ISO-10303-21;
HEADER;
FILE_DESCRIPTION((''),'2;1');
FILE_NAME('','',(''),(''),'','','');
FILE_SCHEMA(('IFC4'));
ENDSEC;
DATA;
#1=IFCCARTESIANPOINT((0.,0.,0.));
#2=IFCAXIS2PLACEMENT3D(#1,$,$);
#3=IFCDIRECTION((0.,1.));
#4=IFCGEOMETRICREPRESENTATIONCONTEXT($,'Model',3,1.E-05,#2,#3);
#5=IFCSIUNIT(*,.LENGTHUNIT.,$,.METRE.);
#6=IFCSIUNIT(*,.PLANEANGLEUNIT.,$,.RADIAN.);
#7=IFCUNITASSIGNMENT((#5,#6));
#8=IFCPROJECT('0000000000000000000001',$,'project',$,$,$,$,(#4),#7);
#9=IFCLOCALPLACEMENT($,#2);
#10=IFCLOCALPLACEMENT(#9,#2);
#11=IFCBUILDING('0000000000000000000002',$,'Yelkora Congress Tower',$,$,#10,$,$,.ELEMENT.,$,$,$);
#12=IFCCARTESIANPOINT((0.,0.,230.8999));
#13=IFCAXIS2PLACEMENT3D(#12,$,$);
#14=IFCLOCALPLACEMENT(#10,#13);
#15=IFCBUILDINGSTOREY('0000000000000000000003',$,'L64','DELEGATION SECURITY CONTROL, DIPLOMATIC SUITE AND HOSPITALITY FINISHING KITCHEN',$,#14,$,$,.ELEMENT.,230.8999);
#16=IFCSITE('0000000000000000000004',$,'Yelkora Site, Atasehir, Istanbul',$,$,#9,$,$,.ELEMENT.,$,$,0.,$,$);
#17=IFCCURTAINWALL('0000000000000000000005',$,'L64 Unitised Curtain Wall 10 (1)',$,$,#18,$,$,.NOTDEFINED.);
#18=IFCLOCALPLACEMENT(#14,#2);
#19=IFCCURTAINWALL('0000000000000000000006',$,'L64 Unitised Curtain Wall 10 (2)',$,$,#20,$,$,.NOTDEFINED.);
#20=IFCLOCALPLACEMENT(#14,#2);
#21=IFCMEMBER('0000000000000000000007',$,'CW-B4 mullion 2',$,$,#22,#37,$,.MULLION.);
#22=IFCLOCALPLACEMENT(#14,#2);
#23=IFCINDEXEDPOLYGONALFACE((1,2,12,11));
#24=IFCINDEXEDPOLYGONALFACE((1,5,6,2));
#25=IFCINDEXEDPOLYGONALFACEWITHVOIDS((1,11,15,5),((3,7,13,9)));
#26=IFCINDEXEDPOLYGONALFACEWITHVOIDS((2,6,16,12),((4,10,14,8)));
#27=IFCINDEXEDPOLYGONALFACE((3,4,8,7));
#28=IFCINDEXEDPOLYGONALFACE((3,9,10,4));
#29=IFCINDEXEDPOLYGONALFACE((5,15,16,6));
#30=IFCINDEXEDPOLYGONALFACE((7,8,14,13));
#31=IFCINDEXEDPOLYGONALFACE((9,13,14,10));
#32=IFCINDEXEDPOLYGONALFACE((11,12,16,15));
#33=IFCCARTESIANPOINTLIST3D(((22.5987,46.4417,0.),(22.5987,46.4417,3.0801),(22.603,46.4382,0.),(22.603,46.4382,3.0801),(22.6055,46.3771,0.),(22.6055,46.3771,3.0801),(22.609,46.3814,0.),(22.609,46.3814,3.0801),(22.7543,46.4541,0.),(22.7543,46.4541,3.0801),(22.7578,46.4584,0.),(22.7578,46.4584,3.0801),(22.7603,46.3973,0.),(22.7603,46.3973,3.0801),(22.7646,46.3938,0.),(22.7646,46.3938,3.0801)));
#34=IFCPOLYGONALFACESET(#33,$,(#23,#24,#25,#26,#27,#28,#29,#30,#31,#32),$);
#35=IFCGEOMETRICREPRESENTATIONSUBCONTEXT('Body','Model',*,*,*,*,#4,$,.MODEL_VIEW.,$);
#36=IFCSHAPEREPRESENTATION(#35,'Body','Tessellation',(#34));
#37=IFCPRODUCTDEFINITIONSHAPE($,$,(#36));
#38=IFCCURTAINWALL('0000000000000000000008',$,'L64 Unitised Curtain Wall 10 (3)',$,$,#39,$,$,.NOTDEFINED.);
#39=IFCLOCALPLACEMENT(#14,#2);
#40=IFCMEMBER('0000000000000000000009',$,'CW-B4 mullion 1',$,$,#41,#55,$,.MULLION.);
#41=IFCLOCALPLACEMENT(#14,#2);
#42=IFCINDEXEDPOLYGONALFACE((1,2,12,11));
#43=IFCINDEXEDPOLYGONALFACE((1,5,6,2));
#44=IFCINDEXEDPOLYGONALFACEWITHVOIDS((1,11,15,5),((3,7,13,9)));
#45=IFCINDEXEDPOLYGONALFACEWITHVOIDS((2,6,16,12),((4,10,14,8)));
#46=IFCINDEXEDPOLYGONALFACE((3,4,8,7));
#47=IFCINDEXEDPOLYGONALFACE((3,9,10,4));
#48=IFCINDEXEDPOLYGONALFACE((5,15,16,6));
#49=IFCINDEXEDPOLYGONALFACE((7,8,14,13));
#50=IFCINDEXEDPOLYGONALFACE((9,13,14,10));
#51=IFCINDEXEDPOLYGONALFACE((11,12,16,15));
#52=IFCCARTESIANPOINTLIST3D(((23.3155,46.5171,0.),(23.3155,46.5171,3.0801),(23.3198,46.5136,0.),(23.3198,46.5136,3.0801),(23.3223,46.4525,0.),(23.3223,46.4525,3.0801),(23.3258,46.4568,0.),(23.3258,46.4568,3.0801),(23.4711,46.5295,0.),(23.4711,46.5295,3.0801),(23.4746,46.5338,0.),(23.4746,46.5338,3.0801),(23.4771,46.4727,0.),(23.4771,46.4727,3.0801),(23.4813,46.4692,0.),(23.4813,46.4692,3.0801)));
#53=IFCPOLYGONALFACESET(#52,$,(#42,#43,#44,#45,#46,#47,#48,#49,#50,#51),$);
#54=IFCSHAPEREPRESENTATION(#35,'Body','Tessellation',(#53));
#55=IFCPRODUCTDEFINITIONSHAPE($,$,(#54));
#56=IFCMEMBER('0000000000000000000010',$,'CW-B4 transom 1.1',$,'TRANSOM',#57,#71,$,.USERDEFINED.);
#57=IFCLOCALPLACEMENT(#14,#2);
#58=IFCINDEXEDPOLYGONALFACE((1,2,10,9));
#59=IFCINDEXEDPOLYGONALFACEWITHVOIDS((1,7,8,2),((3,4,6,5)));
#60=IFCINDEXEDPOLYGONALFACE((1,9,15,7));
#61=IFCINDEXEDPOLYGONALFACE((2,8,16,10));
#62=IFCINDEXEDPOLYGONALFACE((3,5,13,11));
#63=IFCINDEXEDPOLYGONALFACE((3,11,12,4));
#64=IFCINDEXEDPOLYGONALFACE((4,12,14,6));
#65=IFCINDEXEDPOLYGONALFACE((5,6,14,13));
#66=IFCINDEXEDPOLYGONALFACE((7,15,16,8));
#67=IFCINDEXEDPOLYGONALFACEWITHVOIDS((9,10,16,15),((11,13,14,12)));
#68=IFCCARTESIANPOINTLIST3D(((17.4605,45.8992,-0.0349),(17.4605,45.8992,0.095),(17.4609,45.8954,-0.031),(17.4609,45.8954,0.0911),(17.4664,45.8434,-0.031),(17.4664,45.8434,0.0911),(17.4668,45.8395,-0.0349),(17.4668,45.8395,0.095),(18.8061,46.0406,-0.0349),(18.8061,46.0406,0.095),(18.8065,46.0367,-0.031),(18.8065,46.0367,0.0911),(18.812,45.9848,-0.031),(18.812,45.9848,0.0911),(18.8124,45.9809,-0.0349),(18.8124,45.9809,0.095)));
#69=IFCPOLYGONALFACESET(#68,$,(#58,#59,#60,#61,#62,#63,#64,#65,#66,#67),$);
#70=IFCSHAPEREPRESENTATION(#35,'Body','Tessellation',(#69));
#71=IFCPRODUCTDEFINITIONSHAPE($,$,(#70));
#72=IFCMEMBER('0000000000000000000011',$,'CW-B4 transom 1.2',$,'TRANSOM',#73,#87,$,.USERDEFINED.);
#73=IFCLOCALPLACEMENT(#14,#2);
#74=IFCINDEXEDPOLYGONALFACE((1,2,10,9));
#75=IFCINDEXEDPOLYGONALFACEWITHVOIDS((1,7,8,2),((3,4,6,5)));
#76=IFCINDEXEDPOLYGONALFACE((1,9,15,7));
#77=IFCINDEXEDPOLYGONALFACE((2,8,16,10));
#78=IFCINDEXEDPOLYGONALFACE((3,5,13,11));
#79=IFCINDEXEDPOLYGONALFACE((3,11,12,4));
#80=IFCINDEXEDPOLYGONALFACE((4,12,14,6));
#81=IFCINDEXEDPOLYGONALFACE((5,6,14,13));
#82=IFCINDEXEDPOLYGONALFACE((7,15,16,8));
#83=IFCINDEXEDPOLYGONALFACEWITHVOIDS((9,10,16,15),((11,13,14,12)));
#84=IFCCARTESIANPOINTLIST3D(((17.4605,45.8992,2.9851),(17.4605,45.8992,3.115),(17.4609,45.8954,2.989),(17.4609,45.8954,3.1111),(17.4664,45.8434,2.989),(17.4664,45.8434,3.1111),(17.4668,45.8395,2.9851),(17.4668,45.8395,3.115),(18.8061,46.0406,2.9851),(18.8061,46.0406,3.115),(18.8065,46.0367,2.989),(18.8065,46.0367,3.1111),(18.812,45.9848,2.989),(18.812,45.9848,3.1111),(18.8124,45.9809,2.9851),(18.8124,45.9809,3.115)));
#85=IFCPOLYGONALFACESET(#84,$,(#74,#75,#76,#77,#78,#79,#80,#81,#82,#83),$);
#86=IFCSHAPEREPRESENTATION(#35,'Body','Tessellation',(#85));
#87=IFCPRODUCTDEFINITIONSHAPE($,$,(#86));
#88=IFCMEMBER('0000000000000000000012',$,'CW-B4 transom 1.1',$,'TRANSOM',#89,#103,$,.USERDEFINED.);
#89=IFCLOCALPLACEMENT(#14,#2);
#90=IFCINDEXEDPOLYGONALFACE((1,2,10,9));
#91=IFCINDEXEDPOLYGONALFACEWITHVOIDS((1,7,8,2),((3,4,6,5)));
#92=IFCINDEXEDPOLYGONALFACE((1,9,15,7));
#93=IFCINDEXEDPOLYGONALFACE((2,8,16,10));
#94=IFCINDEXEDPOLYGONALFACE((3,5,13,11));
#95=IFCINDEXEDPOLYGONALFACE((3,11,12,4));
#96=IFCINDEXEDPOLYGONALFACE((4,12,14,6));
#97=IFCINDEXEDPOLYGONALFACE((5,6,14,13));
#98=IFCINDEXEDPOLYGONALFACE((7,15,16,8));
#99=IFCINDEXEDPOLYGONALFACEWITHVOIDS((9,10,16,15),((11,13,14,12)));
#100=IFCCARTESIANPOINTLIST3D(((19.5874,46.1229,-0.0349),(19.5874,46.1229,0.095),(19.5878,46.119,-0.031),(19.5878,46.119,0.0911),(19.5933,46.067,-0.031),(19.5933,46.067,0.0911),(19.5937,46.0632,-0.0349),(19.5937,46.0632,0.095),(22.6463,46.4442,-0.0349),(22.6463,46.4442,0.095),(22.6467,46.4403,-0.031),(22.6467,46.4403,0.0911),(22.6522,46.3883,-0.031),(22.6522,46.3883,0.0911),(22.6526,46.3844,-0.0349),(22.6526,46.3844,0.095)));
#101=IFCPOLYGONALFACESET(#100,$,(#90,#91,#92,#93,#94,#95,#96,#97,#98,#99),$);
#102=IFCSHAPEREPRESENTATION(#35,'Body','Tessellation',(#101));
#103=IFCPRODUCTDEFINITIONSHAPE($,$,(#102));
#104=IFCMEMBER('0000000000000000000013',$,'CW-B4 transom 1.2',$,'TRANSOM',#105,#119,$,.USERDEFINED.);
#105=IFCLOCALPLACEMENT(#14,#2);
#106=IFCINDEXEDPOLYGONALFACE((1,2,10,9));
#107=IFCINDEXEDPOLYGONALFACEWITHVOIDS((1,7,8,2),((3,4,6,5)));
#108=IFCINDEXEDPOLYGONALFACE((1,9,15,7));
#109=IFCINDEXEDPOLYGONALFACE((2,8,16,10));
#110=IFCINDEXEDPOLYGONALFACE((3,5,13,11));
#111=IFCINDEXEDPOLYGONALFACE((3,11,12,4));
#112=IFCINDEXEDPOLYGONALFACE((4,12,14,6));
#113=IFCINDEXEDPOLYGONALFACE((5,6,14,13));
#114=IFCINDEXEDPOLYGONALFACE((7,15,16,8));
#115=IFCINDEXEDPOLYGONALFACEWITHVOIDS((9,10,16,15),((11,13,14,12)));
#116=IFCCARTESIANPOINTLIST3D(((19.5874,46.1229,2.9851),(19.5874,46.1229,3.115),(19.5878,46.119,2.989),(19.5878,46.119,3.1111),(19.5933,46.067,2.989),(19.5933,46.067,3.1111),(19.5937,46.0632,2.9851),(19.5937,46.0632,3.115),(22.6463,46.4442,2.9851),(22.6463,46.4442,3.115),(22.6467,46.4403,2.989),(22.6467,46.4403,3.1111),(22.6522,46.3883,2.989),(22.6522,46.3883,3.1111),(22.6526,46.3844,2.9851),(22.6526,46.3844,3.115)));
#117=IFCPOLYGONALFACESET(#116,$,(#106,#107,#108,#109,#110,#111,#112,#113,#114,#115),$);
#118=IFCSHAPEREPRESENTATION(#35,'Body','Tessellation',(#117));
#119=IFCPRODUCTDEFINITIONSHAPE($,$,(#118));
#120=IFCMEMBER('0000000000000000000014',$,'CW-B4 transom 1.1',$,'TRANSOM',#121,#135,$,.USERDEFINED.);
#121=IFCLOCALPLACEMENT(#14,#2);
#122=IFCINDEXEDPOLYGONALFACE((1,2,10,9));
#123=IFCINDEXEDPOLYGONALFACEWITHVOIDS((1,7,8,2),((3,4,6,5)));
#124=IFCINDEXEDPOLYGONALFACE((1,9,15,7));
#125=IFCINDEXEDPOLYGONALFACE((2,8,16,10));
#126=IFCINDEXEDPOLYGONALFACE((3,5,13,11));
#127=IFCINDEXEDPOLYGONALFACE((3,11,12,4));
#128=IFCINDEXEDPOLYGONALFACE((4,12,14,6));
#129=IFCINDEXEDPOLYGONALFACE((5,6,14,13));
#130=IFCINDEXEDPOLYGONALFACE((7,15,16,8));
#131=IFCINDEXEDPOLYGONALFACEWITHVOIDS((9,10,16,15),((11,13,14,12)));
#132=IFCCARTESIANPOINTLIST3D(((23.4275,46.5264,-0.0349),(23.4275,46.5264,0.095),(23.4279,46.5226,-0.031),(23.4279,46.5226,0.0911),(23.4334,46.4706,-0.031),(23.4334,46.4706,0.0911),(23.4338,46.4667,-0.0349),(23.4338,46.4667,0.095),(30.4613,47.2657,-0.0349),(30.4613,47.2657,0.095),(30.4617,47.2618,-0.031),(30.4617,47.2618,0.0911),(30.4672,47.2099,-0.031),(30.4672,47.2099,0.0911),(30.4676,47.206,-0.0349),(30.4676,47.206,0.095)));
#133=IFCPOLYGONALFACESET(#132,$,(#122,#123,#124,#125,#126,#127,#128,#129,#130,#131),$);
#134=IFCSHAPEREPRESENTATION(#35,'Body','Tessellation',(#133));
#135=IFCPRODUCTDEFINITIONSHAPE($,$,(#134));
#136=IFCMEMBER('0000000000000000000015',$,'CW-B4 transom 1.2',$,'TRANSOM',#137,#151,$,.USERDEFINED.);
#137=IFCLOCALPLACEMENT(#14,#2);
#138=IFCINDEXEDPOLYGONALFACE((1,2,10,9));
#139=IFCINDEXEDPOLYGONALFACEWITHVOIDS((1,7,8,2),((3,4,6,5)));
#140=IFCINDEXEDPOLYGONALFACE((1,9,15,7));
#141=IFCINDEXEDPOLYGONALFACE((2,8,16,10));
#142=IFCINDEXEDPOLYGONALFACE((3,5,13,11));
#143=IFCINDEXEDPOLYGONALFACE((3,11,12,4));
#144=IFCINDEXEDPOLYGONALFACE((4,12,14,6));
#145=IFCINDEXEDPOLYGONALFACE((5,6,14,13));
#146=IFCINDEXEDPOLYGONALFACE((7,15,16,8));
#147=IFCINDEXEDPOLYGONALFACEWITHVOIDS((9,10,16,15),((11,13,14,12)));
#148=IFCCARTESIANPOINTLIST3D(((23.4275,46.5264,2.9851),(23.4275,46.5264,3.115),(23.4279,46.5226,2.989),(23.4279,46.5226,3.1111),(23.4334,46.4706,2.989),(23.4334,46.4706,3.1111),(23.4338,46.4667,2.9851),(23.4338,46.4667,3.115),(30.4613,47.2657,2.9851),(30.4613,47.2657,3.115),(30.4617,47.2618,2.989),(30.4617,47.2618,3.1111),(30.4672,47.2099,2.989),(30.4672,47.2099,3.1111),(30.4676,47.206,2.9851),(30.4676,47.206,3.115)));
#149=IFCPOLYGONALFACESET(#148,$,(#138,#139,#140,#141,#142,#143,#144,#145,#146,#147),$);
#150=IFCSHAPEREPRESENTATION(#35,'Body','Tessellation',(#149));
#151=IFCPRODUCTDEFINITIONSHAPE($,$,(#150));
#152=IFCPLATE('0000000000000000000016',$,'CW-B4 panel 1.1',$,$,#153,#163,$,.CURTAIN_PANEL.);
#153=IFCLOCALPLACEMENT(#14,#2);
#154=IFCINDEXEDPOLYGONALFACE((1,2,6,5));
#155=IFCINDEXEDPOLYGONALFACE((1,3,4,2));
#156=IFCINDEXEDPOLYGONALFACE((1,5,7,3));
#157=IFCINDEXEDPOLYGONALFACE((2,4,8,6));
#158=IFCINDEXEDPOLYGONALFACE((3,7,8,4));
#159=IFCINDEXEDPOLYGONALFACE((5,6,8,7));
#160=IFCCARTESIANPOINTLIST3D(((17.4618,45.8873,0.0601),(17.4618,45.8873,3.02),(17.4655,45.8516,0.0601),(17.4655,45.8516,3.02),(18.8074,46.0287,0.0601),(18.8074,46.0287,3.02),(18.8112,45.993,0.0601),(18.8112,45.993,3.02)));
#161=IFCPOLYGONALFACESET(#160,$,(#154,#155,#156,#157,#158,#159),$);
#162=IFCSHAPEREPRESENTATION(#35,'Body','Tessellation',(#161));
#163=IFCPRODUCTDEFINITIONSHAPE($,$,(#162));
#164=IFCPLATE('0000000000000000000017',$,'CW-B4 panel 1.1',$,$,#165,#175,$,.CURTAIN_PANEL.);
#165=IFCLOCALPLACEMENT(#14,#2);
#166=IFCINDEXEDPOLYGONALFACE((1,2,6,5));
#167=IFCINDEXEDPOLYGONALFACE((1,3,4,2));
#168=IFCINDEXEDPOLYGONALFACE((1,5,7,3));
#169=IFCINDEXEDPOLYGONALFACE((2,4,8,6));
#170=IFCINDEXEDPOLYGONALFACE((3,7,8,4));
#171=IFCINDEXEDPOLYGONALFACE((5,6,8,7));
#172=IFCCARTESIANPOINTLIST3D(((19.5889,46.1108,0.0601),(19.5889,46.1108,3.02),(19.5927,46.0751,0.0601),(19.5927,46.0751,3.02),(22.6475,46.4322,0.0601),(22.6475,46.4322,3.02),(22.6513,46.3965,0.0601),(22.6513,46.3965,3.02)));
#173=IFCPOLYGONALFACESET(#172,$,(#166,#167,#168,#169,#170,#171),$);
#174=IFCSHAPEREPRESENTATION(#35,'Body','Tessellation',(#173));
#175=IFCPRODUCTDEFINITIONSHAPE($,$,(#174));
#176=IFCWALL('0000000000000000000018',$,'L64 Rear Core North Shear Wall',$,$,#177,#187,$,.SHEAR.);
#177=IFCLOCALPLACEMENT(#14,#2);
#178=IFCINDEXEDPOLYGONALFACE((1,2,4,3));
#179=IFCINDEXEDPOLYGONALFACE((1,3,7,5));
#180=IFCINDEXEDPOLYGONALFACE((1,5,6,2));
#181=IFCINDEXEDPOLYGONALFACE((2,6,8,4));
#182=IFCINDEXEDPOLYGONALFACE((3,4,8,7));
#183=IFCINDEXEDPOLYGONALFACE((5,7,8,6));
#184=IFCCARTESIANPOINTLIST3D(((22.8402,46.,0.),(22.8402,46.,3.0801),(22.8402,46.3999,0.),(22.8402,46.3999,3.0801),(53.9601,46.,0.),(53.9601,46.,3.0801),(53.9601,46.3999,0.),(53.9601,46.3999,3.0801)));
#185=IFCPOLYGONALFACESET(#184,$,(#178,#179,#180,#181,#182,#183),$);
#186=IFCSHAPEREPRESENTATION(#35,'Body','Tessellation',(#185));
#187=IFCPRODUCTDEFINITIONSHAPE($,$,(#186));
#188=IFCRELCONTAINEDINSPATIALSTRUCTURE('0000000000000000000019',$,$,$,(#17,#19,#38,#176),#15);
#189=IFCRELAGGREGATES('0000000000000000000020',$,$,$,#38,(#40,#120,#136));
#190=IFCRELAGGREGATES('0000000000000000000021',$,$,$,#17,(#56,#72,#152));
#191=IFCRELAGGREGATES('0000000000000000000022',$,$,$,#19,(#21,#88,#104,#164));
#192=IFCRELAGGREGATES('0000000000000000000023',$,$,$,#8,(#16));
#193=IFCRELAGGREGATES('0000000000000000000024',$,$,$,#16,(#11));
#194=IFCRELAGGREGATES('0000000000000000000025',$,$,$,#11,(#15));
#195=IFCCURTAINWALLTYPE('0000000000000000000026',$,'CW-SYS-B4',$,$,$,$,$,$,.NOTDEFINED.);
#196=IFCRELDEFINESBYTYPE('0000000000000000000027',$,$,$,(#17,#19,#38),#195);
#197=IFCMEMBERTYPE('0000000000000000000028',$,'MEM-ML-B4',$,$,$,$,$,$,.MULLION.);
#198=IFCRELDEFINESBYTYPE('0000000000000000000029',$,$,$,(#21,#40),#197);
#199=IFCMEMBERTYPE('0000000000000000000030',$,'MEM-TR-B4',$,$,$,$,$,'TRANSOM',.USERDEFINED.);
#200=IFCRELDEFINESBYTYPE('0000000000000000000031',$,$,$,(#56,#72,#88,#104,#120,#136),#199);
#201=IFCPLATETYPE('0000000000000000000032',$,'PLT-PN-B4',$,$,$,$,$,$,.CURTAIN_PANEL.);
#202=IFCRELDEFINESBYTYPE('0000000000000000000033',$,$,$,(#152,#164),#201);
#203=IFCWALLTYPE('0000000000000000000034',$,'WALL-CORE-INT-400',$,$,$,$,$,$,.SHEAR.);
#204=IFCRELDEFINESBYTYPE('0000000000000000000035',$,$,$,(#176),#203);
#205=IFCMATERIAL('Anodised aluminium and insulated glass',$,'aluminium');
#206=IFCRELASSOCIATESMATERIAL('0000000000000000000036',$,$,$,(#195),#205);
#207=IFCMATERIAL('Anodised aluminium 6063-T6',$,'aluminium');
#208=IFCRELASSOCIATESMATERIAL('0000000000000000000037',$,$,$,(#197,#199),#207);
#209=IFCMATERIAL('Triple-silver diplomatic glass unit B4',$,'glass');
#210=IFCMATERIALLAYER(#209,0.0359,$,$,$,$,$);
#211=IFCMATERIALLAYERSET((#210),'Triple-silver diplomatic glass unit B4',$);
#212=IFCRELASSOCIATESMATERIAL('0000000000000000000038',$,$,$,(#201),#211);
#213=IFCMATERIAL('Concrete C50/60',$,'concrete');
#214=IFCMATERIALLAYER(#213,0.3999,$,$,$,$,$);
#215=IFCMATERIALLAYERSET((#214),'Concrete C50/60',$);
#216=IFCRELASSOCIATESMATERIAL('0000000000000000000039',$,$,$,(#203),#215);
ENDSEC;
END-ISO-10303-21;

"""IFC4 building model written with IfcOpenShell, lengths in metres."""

from ifc_helpers import new_model, si_unit, direction, frame, frame_2d, origin, origin_2d, place, context, subcontext, project, spatial, rectangle, hollow_rectangle, extrude, material, layer, layer_set, material_profile, profile_set, type_object, element, aggregate, save


model = new_model("IFC4")

# Units and contexts
model_context = context("Model", 3, precision=1e-05, world=origin(), true_north=direction((0.0, 1.0)))
body_context = subcontext(model_context, "Body", "Model", "MODEL_VIEW")
ifc_project = project(units=[si_unit("LENGTHUNIT", "METRE"), si_unit("PLANEANGLEUNIT", "RADIAN")], contexts=[model_context])

# Site, building, storey
site_placement = place(None, origin())
site = spatial("IfcSite", under=ifc_project, at=site_placement, Name="Yelkora Site, Atasehir, Istanbul", CompositionType="ELEMENT", RefElevation=0.0)
building_placement = place(site_placement, origin())
building = spatial("IfcBuilding", under=site, at=building_placement, Name="Yelkora Congress Tower", CompositionType="ELEMENT")
storey_placement = place(building_placement, frame((0.0, 0.0, 230.8999)))
storey = spatial("IfcBuildingStorey", under=building, at=storey_placement, Name="L64", Description="DELEGATION SECURITY CONTROL, DIPLOMATIC SUITE AND HOSPITALITY FINISHING KITCHEN", CompositionType="ELEMENT", Elevation=230.8999)

# Curtain walls, member
ifc_material_1 = material(Name="Anodised aluminium and insulated glass", Category="aluminium")
curtain_wall_type = type_object("IfcCurtainWallType", Name="CW-SYS-B4", PredefinedType="NOTDEFINED", material=ifc_material_1)
curtain_wall_1_placement = place(storey_placement, origin())
curtain_wall_1 = element("IfcCurtainWall", 1, at=curtain_wall_1_placement, inside=storey, type_object=curtain_wall_type, Name="L64 Unitised Curtain Wall 10 (1)", PredefinedType="NOTDEFINED")
ifc_material_2 = material(Name="Anodised aluminium 6063-T6", Category="aluminium")
ifc_material_profile_1 = material_profile(ifc_material_2, hollow_rectangle(XDim=0.0649, YDim=0.1599, WallThickness=0.0039, at=origin_2d()), Name="ALU 65x160x4")
ifc_profile_set_1 = profile_set([ifc_material_profile_1], Name="Anodised aluminium 6063-T6")
member_type_1 = type_object("IfcMemberType", Name="MEM-ML-B4", PredefinedType="MULLION", material=ifc_profile_set_1)
curtain_wall_2_placement = place(storey_placement, origin())
curtain_wall_2 = element("IfcCurtainWall", 2, at=curtain_wall_2_placement, inside=storey, type_object=curtain_wall_type, Name="L64 Unitised Curtain Wall 10 (2)", PredefinedType="NOTDEFINED")
member_1_placement = place(storey_placement, frame((22.6816, 46.4177, 0.0), z_axis=(0.0, 0.0, 1.0), x_axis=(-0.104506, 0.994524, 0.0)))
member_1 = element("IfcMember", 3, at=member_1_placement, type_object=member_type_1, Name="CW-B4 mullion 2", PredefinedType="MULLION", context=body_context, shape_type="SweptSolid", body=[
    extrude(hollow_rectangle(XDim=0.0649, YDim=0.1599, WallThickness=0.0039, at=origin_2d()), origin(), (0.0, 0.0, 1.0), 3.0801),
])

# Curtain wall, member
curtain_wall_3_placement = place(storey_placement, origin())
curtain_wall_3 = element("IfcCurtainWall", 4, at=curtain_wall_3_placement, inside=storey, type_object=curtain_wall_type, Name="L64 Unitised Curtain Wall 10 (3)", PredefinedType="NOTDEFINED")
member_2_placement = place(storey_placement, frame((23.3984, 46.4932, 0.0), z_axis=(0.0, 0.0, 1.0), x_axis=(-0.104528, 0.994522, 0.0)))
member_2 = element("IfcMember", 5, at=member_2_placement, type_object=member_type_1, Name="CW-B4 mullion 1", PredefinedType="MULLION", context=body_context, shape_type="SweptSolid", body=[
    extrude(hollow_rectangle(XDim=0.0649, YDim=0.1599, WallThickness=0.0039, at=origin_2d()), origin(), (0.0, 0.0, 1.0), 3.0801),
])

# Members
ifc_material_profile_2 = material_profile(ifc_material_2, hollow_rectangle(XDim=0.0601, YDim=0.1299, WallThickness=0.0039, at=origin_2d()), Name="ALU 60x130x4")
ifc_profile_set_2 = profile_set([ifc_material_profile_2], Name="Anodised aluminium 6063-T6")
member_type_2 = type_object("IfcMemberType", Name="MEM-TR-B4", ElementType="TRANSOM", PredefinedType="USERDEFINED", material=ifc_profile_set_2)
member_3_placement = place(storey_placement, frame((17.4636, 45.8694, 0.03), z_axis=(0.994528, 0.104469, 0.0), x_axis=(-0.104469, 0.994528, 0.0)))
member_3 = element("IfcMember", 6, at=member_3_placement, type_object=member_type_2, Name="CW-B4 transom 1.1", ObjectType="TRANSOM", PredefinedType="USERDEFINED", context=body_context, shape_type="SweptSolid", body=[
    extrude(hollow_rectangle(XDim=0.0601, YDim=0.1299, WallThickness=0.0039, at=origin_2d()), origin(), (0.0, 0.0, 1.0), 1.353),
])
member_4_placement = place(storey_placement, frame((17.4636, 45.8694, 3.05), z_axis=(0.994528, 0.104469, 0.0), x_axis=(-0.104469, 0.994528, 0.0)))
member_4 = element("IfcMember", 7, at=member_4_placement, type_object=member_type_2, Name="CW-B4 transom 1.2", ObjectType="TRANSOM", PredefinedType="USERDEFINED", context=body_context, shape_type="SweptSolid", body=[
    extrude(hollow_rectangle(XDim=0.0601, YDim=0.1299, WallThickness=0.0039, at=origin_2d()), origin(), (0.0, 0.0, 1.0), 1.353),
])
member_5_placement = place(storey_placement, frame((19.5906, 46.093, 0.03), z_axis=(0.994529, 0.104462, 0.0), x_axis=(-0.104462, 0.994529, 0.0)))
member_5 = element("IfcMember", 8, at=member_5_placement, type_object=member_type_2, Name="CW-B4 transom 1.1", ObjectType="TRANSOM", PredefinedType="USERDEFINED", context=body_context, shape_type="SweptSolid", body=[
    extrude(hollow_rectangle(XDim=0.0601, YDim=0.1299, WallThickness=0.0039, at=origin_2d()), origin(), (0.0, 0.0, 1.0), 3.0757),
])
member_6_placement = place(storey_placement, frame((19.5906, 46.093, 3.05), z_axis=(0.994529, 0.104462, 0.0), x_axis=(-0.104462, 0.994529, 0.0)))
member_6 = element("IfcMember", 9, at=member_6_placement, type_object=member_type_2, Name="CW-B4 transom 1.2", ObjectType="TRANSOM", PredefinedType="USERDEFINED", context=body_context, shape_type="SweptSolid", body=[
    extrude(hollow_rectangle(XDim=0.0601, YDim=0.1299, WallThickness=0.0039, at=origin_2d()), origin(), (0.0, 0.0, 1.0), 3.0757),
])
member_7_placement = place(storey_placement, frame((23.4307, 46.4966, 0.03), z_axis=(0.994522, 0.104527, 0.0), x_axis=(-0.104527, 0.994522, 0.0)))
member_7 = element("IfcMember", 10, at=member_7_placement, type_object=member_type_2, Name="CW-B4 transom 1.1", ObjectType="TRANSOM", PredefinedType="USERDEFINED", context=body_context, shape_type="SweptSolid", body=[
    extrude(hollow_rectangle(XDim=0.0601, YDim=0.1299, WallThickness=0.0039, at=origin_2d()), origin(), (0.0, 0.0, 1.0), 7.0725),
])
member_8_placement = place(storey_placement, frame((23.4307, 46.4966, 3.05), z_axis=(0.994522, 0.104527, 0.0), x_axis=(-0.104527, 0.994522, 0.0)))
member_8 = element("IfcMember", 11, at=member_8_placement, type_object=member_type_2, Name="CW-B4 transom 1.2", ObjectType="TRANSOM", PredefinedType="USERDEFINED", context=body_context, shape_type="SweptSolid", body=[
    extrude(hollow_rectangle(XDim=0.0601, YDim=0.1299, WallThickness=0.0039, at=origin_2d()), origin(), (0.0, 0.0, 1.0), 7.0725),
])
aggregate(curtain_wall_3, [member_2, member_7, member_8])

# Plates
ifc_material_3 = material(Name="Triple-silver diplomatic glass unit B4", Category="glass")
ifc_layer_1 = layer(ifc_material_3, 0.0359)
ifc_layer_set_1 = layer_set([ifc_layer_1], Name="Triple-silver diplomatic glass unit B4")
plate_type = type_object("IfcPlateType", Name="PLT-PN-B4", PredefinedType="CURTAIN_PANEL", material=ifc_layer_set_1)
plate_1_placement = place(storey_placement, frame((18.1365, 45.9402, 0.0601), z_axis=(0.0, 0.0, 1.0), x_axis=(0.994524, 0.104509, 0.0)))
plate_1 = element("IfcPlate", 12, at=plate_1_placement, type_object=plate_type, Name="CW-B4 panel 1.1", PredefinedType="CURTAIN_PANEL", context=body_context, shape_type="SweptSolid", body=[
    extrude(rectangle(XDim=1.353, YDim=0.0359, at=origin_2d()), origin(), (0.0, 0.0, 1.0), 2.96),
])
aggregate(curtain_wall_1, [member_3, member_4, plate_1])
plate_2_placement = place(storey_placement, frame((21.1201, 46.2537, 0.0601), z_axis=(0.0, 0.0, 1.0), x_axis=(0.994524, 0.104506, 0.0)))
plate_2 = element("IfcPlate", 13, at=plate_2_placement, type_object=plate_type, Name="CW-B4 panel 1.1", PredefinedType="CURTAIN_PANEL", context=body_context, shape_type="SweptSolid", body=[
    extrude(rectangle(XDim=3.0754, YDim=0.0359, at=origin_2d()), origin(), (0.0, 0.0, 1.0), 2.96),
])
aggregate(curtain_wall_2, [member_1, member_5, member_6, plate_2])

# Wall
ifc_material_4 = material(Name="Concrete C50/60", Category="concrete")
ifc_layer_2 = layer(ifc_material_4, 0.3999)
ifc_layer_set_2 = layer_set([ifc_layer_2], Name="Concrete C50/60")
wall_type_1 = type_object("IfcWallType", Name="WALL-CORE-INT-400", PredefinedType="SHEAR", material=ifc_layer_set_2)
wall_1_placement = place(storey_placement, frame((22.8401, 46.2, 0.0), z_axis=(0.0, 0.0, 1.0), x_axis=(1.0, 0.0, 0.0)))
element("IfcWall", 14, at=wall_1_placement, inside=storey, type_object=wall_type_1, Name="L64 Rear Core North Shear Wall", PredefinedType="SHEAR", context=body_context, shape_type="SweptSolid", body=[
    extrude(rectangle(XDim=31.1199, YDim=0.3999, at=frame_2d((15.5601, 0.0))), origin(), (0.0, 0.0, 1.0), 3.0801),
])

save(model, "model.ifc")
